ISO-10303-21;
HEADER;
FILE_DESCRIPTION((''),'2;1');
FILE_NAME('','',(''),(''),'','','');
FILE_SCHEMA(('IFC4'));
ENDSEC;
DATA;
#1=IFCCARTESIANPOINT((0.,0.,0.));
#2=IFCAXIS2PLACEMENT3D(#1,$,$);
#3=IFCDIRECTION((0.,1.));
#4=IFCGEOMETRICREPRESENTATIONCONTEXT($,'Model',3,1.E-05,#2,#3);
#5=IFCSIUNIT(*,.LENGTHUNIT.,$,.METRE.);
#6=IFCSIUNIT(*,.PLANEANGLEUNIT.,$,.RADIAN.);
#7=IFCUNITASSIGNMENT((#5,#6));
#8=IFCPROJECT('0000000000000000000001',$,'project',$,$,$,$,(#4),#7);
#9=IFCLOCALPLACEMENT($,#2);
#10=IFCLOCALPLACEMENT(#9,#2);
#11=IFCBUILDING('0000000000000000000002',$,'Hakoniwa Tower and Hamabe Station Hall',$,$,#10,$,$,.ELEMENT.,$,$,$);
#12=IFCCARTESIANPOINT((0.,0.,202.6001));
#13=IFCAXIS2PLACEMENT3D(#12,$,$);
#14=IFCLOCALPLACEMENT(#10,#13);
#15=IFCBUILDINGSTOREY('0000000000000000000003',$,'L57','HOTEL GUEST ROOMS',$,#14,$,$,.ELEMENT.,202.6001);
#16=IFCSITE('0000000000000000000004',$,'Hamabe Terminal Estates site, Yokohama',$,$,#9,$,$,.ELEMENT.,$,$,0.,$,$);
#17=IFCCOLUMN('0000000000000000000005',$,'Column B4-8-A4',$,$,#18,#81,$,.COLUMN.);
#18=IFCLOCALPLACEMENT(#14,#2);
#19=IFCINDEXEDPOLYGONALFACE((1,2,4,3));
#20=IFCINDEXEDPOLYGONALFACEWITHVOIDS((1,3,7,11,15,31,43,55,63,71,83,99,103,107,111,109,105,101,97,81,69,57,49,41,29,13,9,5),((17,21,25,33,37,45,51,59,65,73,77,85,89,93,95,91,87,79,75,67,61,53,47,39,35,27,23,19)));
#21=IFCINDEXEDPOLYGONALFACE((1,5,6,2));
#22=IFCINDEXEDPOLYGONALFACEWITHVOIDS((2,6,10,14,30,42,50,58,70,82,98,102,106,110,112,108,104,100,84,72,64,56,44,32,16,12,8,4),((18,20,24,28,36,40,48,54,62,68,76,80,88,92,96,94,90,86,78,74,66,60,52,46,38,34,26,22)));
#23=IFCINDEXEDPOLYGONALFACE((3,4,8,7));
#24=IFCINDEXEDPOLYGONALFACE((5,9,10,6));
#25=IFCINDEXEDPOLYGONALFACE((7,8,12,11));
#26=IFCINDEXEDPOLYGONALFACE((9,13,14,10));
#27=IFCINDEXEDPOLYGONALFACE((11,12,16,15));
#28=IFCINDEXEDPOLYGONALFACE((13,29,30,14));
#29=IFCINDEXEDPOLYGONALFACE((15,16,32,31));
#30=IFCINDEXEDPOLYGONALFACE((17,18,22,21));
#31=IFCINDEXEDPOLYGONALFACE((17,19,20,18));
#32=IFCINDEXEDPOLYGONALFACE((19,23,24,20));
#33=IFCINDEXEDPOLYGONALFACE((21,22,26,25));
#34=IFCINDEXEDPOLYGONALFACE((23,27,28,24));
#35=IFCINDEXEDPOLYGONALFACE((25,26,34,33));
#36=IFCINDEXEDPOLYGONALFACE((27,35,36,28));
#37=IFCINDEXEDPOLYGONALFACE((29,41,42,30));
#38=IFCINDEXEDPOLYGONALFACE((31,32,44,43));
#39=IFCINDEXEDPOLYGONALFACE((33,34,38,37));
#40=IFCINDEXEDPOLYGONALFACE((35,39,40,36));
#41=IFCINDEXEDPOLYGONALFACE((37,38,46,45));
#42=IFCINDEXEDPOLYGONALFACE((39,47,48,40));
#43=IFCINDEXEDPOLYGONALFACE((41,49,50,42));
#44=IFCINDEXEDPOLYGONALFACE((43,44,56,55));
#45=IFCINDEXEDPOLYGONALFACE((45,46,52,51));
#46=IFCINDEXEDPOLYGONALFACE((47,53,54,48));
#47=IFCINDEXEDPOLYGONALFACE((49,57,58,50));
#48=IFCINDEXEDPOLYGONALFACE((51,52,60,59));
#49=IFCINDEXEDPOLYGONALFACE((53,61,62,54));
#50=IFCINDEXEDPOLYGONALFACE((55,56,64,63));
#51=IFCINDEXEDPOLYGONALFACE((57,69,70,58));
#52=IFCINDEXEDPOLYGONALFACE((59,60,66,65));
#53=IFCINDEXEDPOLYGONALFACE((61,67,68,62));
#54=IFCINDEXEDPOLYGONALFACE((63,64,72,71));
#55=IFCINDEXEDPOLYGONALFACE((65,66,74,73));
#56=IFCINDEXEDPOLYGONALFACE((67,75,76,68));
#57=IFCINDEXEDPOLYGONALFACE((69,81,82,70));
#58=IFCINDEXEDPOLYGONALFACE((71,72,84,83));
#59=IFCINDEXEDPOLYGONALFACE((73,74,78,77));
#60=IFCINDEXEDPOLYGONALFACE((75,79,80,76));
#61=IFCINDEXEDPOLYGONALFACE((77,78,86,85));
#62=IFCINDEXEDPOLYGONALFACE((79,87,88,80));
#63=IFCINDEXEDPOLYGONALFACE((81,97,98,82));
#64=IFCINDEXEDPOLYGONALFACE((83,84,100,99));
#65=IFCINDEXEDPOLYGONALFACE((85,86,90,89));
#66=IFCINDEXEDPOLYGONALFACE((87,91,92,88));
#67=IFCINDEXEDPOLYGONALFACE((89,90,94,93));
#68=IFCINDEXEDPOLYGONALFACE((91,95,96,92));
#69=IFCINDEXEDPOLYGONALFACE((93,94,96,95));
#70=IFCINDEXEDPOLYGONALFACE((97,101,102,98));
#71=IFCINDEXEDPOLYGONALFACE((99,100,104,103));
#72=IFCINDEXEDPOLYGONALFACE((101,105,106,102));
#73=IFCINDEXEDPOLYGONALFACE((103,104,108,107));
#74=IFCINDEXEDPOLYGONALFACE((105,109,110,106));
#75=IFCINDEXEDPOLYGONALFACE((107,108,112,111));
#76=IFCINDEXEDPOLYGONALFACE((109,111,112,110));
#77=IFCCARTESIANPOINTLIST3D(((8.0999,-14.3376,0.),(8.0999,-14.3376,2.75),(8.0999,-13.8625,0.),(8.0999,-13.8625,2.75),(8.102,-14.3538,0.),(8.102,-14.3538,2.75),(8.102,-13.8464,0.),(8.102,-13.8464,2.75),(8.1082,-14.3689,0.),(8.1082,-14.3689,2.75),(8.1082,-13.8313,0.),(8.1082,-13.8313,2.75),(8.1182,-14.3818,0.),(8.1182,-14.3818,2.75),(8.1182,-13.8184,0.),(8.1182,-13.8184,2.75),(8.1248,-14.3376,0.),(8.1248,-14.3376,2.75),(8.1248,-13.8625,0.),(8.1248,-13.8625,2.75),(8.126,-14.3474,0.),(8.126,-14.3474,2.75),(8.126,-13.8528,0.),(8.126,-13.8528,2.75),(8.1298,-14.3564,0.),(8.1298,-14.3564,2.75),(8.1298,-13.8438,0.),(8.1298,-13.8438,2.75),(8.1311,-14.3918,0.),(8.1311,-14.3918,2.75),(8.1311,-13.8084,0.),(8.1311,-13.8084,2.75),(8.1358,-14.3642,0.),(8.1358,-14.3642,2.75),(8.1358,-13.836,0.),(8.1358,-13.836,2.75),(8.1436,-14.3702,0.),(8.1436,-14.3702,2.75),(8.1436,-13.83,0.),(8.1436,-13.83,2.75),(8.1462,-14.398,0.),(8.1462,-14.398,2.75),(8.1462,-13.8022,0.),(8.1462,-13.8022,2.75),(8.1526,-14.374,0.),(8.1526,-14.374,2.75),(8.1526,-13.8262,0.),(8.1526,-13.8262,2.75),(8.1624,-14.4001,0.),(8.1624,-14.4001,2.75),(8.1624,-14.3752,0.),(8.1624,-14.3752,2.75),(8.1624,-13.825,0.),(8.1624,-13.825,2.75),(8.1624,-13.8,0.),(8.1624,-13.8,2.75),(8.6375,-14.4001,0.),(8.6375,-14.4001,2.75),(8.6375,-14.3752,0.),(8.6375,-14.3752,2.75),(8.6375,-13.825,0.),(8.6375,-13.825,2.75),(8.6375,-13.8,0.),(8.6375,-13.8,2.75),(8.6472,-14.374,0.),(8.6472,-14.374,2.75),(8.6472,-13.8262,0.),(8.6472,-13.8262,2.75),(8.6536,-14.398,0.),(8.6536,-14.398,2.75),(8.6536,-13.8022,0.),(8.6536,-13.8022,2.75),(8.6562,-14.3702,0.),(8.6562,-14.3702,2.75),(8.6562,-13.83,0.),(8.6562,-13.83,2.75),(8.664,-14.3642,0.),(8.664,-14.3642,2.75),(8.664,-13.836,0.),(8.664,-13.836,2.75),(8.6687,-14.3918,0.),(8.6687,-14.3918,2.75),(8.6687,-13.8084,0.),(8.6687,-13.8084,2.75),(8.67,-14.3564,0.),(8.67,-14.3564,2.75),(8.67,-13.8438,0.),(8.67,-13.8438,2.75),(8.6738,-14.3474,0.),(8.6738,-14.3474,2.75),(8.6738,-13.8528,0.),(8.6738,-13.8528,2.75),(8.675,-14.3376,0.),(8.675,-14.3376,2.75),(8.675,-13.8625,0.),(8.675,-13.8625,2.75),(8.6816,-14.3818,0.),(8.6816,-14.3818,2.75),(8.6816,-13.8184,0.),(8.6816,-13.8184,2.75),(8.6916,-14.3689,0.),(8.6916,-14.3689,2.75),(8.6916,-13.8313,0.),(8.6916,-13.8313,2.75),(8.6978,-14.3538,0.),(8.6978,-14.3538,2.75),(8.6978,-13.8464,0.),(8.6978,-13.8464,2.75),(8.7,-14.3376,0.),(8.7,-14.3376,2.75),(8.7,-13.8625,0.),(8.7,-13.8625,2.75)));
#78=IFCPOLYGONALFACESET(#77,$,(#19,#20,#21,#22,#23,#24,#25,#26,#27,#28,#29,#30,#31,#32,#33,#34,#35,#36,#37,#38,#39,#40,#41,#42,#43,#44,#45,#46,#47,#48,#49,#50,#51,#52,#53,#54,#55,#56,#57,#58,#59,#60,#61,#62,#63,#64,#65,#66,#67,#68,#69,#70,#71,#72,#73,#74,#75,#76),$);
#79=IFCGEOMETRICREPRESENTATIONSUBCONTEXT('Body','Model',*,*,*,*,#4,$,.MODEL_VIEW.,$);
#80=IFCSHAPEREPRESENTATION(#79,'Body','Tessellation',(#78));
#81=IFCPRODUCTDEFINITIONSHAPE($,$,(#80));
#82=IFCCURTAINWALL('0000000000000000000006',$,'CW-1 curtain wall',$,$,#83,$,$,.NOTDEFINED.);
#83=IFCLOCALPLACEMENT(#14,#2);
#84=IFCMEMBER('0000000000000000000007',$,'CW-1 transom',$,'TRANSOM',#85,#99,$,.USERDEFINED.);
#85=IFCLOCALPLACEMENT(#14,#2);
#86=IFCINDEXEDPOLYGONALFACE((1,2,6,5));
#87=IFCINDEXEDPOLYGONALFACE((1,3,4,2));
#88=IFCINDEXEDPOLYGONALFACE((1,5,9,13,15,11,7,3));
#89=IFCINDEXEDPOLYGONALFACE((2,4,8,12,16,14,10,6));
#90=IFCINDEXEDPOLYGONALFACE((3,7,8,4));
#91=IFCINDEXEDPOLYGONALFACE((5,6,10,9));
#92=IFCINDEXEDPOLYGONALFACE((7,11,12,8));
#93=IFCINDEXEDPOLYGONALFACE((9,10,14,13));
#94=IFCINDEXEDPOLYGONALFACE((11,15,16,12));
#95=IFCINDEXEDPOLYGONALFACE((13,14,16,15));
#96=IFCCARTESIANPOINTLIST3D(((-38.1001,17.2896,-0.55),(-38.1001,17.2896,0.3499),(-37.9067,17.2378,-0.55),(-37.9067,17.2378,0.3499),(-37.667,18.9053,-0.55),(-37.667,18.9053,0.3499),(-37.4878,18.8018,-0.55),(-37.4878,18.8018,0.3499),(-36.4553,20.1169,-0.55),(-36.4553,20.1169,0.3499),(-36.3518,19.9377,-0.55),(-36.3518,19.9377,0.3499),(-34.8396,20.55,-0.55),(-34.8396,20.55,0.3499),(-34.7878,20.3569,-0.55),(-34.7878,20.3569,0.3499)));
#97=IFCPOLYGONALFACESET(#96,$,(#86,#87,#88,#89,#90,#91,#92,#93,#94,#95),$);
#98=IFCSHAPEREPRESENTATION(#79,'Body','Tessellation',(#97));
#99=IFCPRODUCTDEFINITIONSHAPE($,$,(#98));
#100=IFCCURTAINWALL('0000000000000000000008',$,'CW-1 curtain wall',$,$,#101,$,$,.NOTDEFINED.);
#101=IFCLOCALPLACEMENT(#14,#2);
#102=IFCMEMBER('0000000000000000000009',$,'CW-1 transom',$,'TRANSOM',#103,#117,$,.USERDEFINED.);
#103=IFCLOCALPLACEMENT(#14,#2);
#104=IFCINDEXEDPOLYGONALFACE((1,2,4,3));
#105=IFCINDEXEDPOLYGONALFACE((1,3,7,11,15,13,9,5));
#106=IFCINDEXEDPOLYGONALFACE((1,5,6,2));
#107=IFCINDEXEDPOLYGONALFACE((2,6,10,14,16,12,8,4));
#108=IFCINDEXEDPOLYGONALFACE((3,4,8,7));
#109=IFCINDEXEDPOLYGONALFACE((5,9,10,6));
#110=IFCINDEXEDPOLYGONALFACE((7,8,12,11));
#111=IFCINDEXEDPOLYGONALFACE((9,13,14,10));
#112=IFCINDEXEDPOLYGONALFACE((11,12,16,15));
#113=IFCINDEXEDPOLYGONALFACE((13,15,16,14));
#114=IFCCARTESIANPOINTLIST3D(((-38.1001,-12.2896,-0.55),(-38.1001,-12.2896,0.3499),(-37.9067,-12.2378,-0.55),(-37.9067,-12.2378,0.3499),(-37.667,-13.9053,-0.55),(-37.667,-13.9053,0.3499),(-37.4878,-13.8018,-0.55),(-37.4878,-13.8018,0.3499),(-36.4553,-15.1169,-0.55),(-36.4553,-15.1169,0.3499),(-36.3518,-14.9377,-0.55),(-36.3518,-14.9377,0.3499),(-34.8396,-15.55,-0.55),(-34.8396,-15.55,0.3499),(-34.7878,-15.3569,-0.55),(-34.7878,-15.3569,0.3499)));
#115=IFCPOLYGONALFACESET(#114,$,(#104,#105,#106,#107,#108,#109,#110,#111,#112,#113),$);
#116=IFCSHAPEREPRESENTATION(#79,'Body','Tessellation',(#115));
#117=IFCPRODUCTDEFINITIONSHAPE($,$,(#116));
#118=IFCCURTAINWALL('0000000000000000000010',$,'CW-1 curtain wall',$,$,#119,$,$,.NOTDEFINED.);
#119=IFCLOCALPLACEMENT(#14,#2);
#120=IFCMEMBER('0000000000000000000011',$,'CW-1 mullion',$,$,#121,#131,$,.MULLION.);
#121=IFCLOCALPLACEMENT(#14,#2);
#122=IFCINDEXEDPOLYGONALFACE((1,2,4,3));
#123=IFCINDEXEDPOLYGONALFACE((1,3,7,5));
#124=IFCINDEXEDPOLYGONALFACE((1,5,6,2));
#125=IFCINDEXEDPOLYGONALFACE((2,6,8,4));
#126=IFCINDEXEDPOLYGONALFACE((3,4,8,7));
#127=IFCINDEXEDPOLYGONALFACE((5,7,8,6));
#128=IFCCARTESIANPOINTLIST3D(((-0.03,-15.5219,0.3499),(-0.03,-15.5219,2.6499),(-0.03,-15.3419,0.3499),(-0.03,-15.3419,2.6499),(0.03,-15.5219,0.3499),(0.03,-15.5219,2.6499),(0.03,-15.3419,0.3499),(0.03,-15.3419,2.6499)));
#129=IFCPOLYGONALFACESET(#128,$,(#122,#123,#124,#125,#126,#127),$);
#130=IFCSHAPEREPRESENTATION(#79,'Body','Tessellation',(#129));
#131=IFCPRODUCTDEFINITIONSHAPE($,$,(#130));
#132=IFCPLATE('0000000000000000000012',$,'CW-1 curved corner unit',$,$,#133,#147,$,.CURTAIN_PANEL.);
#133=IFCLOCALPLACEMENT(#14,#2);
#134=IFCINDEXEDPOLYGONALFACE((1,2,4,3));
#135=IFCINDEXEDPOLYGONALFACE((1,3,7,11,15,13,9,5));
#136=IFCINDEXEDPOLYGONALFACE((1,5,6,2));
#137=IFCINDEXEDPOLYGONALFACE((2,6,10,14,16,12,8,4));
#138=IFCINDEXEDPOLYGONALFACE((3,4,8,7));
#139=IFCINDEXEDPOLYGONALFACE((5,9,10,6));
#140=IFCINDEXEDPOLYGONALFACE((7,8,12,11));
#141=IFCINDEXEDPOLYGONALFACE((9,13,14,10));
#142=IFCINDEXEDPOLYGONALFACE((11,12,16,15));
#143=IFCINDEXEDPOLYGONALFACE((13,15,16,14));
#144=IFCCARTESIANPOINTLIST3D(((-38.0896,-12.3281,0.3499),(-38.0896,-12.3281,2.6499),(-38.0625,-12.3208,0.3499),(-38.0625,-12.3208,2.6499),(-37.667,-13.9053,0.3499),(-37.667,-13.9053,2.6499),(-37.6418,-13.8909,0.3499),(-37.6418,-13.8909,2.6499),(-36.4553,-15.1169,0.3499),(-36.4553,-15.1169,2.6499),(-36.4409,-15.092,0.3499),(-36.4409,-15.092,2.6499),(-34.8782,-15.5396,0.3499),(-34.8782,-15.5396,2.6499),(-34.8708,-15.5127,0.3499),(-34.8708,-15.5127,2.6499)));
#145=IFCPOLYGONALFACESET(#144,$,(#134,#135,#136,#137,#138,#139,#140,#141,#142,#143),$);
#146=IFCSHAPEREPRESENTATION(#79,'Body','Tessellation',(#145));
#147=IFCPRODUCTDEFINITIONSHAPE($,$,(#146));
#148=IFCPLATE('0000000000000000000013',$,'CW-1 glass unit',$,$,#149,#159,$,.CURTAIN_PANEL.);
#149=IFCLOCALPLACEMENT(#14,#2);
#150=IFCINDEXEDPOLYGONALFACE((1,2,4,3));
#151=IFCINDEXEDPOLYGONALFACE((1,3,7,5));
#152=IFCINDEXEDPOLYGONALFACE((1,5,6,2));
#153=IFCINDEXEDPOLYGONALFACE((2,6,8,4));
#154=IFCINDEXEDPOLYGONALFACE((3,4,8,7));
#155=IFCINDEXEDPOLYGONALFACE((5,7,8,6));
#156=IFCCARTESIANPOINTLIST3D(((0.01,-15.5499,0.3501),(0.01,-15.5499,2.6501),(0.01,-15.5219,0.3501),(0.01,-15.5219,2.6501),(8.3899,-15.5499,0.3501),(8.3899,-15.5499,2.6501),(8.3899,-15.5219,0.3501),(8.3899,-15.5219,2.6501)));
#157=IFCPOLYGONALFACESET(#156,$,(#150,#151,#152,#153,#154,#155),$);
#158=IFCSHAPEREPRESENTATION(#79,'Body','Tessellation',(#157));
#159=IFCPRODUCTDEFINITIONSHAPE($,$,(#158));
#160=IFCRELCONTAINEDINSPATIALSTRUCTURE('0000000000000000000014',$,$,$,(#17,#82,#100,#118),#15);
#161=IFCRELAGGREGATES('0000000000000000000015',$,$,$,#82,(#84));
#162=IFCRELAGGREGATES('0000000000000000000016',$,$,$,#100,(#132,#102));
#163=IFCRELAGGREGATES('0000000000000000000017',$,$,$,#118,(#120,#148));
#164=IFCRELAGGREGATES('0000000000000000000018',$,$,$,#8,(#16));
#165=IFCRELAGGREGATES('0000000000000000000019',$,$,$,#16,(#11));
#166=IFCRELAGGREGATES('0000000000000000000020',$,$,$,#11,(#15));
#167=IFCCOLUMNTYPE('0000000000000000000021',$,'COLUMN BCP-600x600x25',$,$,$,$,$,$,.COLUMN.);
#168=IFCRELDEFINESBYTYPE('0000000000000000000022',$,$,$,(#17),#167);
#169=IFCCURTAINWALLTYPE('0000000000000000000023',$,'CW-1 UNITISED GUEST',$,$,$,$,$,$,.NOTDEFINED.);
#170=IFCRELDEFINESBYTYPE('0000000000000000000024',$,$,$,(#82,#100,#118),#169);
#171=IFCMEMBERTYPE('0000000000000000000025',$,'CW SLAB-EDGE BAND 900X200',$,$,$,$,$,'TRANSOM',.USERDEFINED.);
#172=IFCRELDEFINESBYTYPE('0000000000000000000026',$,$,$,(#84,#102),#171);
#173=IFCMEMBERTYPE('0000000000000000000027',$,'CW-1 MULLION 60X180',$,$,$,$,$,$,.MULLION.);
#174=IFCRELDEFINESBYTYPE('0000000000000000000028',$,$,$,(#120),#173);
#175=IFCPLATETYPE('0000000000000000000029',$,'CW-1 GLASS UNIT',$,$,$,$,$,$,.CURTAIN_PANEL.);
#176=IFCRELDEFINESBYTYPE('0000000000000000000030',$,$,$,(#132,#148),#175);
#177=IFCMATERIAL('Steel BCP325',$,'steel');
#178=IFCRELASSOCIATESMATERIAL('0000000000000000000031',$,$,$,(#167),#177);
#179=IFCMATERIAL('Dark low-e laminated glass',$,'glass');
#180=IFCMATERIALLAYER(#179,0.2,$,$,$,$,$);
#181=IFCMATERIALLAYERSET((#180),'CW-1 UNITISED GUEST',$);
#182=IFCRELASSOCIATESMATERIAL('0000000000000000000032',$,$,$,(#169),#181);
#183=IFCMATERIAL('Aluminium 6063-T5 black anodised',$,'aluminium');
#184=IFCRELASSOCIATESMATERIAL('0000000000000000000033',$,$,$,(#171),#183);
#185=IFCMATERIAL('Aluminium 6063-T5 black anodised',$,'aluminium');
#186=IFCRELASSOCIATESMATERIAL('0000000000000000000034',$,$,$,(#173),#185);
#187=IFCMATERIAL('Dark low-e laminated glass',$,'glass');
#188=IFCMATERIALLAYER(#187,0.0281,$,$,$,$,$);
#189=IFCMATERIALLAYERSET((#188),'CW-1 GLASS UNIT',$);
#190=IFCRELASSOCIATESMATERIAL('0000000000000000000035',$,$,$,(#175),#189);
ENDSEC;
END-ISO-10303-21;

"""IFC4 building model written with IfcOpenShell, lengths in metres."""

from ifc_helpers import new_model, si_unit, direction, frame, origin, origin_2d, place, context, subcontext, project, spatial, polyline, rectangle, hollow_rectangle, outline, extrude, material, layer, layer_set, material_profile, profile_set, type_object, element, aggregate, save


model = new_model("IFC4")

# Units and contexts
model_context = context("Model", 3, precision=1e-05, world=origin(), true_north=direction((0.0, 1.0)))
body_context = subcontext(model_context, "Body", "Model", "MODEL_VIEW")
ifc_project = project(units=[si_unit("LENGTHUNIT", "METRE"), si_unit("PLANEANGLEUNIT", "RADIAN")], contexts=[model_context])

# Site, building, storey
site_placement = place(None, origin())
site = spatial("IfcSite", under=ifc_project, at=site_placement, Name="Hamabe Terminal Estates site, Yokohama", CompositionType="ELEMENT", RefElevation=0.0)
building_placement = place(site_placement, origin())
building = spatial("IfcBuilding", under=site, at=building_placement, Name="Hakoniwa Tower and Hamabe Station Hall", CompositionType="ELEMENT")
storey_placement = place(building_placement, frame((0.0, 0.0, 202.6001)))
storey = spatial("IfcBuildingStorey", under=building, at=storey_placement, Name="L57", Description="HOTEL GUEST ROOMS", CompositionType="ELEMENT", Elevation=202.6001)

# Column
ifc_material_1 = material(Name="Steel BCP325", Category="steel")
ifc_material_profile_1 = material_profile(ifc_material_1, hollow_rectangle(XDim=0.6001, YDim=0.6001, WallThickness=0.0249, InnerFilletRadius=0.0376, OuterFilletRadius=0.0625, at=origin_2d()), Name="BCP-600x600x25")
ifc_profile_set_1 = profile_set([ifc_material_profile_1], Name="Steel BCP325")
column_type = type_object("IfcColumnType", Name="COLUMN BCP-600x600x25", PredefinedType="COLUMN", material=ifc_profile_set_1)
column_placement = place(storey_placement, frame((8.3999, -14.1001, 0.0), z_axis=(0.0, 0.0, 1.0), x_axis=(1.0, 0.0, 0.0)))
element("IfcColumn", 1, at=column_placement, inside=storey, type_object=column_type, Name="Column B4-8-A4", PredefinedType="COLUMN", context=body_context, shape_type="SweptSolid", body=[
    extrude(hollow_rectangle(XDim=0.6001, YDim=0.6001, WallThickness=0.0249, InnerFilletRadius=0.0376, OuterFilletRadius=0.0625, at=origin_2d()), origin(), (0.0, 0.0, 1.0), 2.75),
])

# Curtain walls, members
ifc_material_2 = material(Name="Dark low-e laminated glass", Category="glass")
ifc_layer_1 = layer(ifc_material_2, 0.2)
ifc_layer_set_1 = layer_set([ifc_layer_1], Name="CW-1 UNITISED GUEST")
curtain_wall_type = type_object("IfcCurtainWallType", Name="CW-1 UNITISED GUEST", PredefinedType="NOTDEFINED", material=ifc_layer_set_1)
curtain_wall_1_placement = place(storey_placement, origin())
curtain_wall_1 = element("IfcCurtainWall", 2, at=curtain_wall_1_placement, inside=storey, type_object=curtain_wall_type, Name="CW-1 curtain wall", PredefinedType="NOTDEFINED")
ifc_material_3 = material(Name="Aluminium 6063-T5 black anodised", Category="aluminium")
ifc_material_profile_2 = material_profile(ifc_material_3, rectangle(XDim=0.2, YDim=0.8999, at=origin_2d()), Name="CW SLAB-EDGE BAND 900X200")
ifc_profile_set_2 = profile_set([ifc_material_profile_2], Name="Aluminium 6063-T5 black anodised")
member_type_1 = type_object("IfcMemberType", Name="CW SLAB-EDGE BAND 900X200", ElementType="TRANSOM", PredefinedType="USERDEFINED", material=ifc_profile_set_2)
member_1_placement = place(storey_placement, frame((0.0, 0.0, -0.55)))
member_1 = element("IfcMember", 3, at=member_1_placement, type_object=member_type_1, Name="CW-1 transom", ObjectType="TRANSOM", PredefinedType="USERDEFINED", context=body_context, shape_type="SweptSolid", body=[
    extrude(outline(polyline([(-34.8396, 20.55), (-36.4553, 20.1169), (-37.667, 18.9053), (-38.1001, 17.2896), (-37.9067, 17.2378), (-37.4878, 18.8018), (-36.3518, 19.9377), (-34.7878, 20.3569), (-34.8396, 20.55)])), origin(), (0.0, 0.0, 1.0), 0.8999),
])
aggregate(curtain_wall_1, [member_1])
curtain_wall_2_placement = place(storey_placement, origin())
curtain_wall_2 = element("IfcCurtainWall", 4, at=curtain_wall_2_placement, inside=storey, type_object=curtain_wall_type, Name="CW-1 curtain wall", PredefinedType="NOTDEFINED")
member_2_placement = place(storey_placement, frame((0.0, 0.0, -0.55)))
member_2 = element("IfcMember", 5, at=member_2_placement, type_object=member_type_1, Name="CW-1 transom", ObjectType="TRANSOM", PredefinedType="USERDEFINED", context=body_context, shape_type="SweptSolid", body=[
    extrude(outline(polyline([(-38.1001, -12.2896), (-37.667, -13.9053), (-36.4553, -15.1169), (-34.8396, -15.55), (-34.7878, -15.3569), (-36.3518, -14.9377), (-37.4878, -13.8018), (-37.9067, -12.2378), (-38.1001, -12.2896)])), origin(), (0.0, 0.0, 1.0), 0.8999),
])
curtain_wall_3_placement = place(storey_placement, origin())
curtain_wall_3 = element("IfcCurtainWall", 6, at=curtain_wall_3_placement, inside=storey, type_object=curtain_wall_type, Name="CW-1 curtain wall", PredefinedType="NOTDEFINED")
ifc_material_4 = material(Name="Aluminium 6063-T5 black anodised", Category="aluminium")
ifc_material_profile_3 = material_profile(ifc_material_4, rectangle(XDim=0.0601, YDim=0.1799, at=origin_2d()), Name="CW-1 MULLION 60X180")
ifc_profile_set_3 = profile_set([ifc_material_profile_3], Name="Aluminium 6063-T5 black anodised")
member_type_2 = type_object("IfcMemberType", Name="CW-1 MULLION 60X180", PredefinedType="MULLION", material=ifc_profile_set_3)
member_3_placement = place(storey_placement, frame((0.0, -15.4319, 0.3499), z_axis=(0.0, 0.0, 1.0), x_axis=(1.0, 0.0, 0.0)))
member_3 = element("IfcMember", 7, at=member_3_placement, type_object=member_type_2, Name="CW-1 mullion", PredefinedType="MULLION", context=body_context, shape_type="SweptSolid", body=[
    extrude(rectangle(XDim=0.0601, YDim=0.1799, at=origin_2d()), origin(), (0.0, 0.0, 1.0), 2.3),
])

# Plates
ifc_material_5 = material(Name="Dark low-e laminated glass", Category="glass")
ifc_layer_2 = layer(ifc_material_5, 0.0281)
ifc_layer_set_2 = layer_set([ifc_layer_2], Name="CW-1 GLASS UNIT")
plate_type = type_object("IfcPlateType", Name="CW-1 GLASS UNIT", PredefinedType="CURTAIN_PANEL", material=ifc_layer_set_2)
plate_1_placement = place(storey_placement, frame((0.0, 0.0, 0.3499)))
plate_1 = element("IfcPlate", 8, at=plate_1_placement, type_object=plate_type, Name="CW-1 curved corner unit", PredefinedType="CURTAIN_PANEL", context=body_context, shape_type="SweptSolid", body=[
    extrude(outline(polyline([(-38.0896, -12.3281), (-37.667, -13.9053), (-36.4553, -15.1169), (-34.8782, -15.5396), (-34.8708, -15.5127), (-36.4409, -15.092), (-37.6418, -13.8909), (-38.0625, -12.3208), (-38.0896, -12.3281)])), origin(), (0.0, 0.0, 1.0), 2.3),
])
aggregate(curtain_wall_2, [plate_1, member_2])
plate_2_placement = place(storey_placement, frame((4.2, -15.5359, 0.3501), z_axis=(0.0, 0.0, 1.0), x_axis=(1.0, 0.0, 0.0)))
plate_2 = element("IfcPlate", 9, at=plate_2_placement, type_object=plate_type, Name="CW-1 glass unit", PredefinedType="CURTAIN_PANEL", context=body_context, shape_type="SweptSolid", body=[
    extrude(rectangle(XDim=8.3799, YDim=0.0281, at=origin_2d()), origin(), (0.0, 0.0, 1.0), 2.3),
])
aggregate(curtain_wall_3, [member_3, plate_2])

save(model, "model.ifc")
